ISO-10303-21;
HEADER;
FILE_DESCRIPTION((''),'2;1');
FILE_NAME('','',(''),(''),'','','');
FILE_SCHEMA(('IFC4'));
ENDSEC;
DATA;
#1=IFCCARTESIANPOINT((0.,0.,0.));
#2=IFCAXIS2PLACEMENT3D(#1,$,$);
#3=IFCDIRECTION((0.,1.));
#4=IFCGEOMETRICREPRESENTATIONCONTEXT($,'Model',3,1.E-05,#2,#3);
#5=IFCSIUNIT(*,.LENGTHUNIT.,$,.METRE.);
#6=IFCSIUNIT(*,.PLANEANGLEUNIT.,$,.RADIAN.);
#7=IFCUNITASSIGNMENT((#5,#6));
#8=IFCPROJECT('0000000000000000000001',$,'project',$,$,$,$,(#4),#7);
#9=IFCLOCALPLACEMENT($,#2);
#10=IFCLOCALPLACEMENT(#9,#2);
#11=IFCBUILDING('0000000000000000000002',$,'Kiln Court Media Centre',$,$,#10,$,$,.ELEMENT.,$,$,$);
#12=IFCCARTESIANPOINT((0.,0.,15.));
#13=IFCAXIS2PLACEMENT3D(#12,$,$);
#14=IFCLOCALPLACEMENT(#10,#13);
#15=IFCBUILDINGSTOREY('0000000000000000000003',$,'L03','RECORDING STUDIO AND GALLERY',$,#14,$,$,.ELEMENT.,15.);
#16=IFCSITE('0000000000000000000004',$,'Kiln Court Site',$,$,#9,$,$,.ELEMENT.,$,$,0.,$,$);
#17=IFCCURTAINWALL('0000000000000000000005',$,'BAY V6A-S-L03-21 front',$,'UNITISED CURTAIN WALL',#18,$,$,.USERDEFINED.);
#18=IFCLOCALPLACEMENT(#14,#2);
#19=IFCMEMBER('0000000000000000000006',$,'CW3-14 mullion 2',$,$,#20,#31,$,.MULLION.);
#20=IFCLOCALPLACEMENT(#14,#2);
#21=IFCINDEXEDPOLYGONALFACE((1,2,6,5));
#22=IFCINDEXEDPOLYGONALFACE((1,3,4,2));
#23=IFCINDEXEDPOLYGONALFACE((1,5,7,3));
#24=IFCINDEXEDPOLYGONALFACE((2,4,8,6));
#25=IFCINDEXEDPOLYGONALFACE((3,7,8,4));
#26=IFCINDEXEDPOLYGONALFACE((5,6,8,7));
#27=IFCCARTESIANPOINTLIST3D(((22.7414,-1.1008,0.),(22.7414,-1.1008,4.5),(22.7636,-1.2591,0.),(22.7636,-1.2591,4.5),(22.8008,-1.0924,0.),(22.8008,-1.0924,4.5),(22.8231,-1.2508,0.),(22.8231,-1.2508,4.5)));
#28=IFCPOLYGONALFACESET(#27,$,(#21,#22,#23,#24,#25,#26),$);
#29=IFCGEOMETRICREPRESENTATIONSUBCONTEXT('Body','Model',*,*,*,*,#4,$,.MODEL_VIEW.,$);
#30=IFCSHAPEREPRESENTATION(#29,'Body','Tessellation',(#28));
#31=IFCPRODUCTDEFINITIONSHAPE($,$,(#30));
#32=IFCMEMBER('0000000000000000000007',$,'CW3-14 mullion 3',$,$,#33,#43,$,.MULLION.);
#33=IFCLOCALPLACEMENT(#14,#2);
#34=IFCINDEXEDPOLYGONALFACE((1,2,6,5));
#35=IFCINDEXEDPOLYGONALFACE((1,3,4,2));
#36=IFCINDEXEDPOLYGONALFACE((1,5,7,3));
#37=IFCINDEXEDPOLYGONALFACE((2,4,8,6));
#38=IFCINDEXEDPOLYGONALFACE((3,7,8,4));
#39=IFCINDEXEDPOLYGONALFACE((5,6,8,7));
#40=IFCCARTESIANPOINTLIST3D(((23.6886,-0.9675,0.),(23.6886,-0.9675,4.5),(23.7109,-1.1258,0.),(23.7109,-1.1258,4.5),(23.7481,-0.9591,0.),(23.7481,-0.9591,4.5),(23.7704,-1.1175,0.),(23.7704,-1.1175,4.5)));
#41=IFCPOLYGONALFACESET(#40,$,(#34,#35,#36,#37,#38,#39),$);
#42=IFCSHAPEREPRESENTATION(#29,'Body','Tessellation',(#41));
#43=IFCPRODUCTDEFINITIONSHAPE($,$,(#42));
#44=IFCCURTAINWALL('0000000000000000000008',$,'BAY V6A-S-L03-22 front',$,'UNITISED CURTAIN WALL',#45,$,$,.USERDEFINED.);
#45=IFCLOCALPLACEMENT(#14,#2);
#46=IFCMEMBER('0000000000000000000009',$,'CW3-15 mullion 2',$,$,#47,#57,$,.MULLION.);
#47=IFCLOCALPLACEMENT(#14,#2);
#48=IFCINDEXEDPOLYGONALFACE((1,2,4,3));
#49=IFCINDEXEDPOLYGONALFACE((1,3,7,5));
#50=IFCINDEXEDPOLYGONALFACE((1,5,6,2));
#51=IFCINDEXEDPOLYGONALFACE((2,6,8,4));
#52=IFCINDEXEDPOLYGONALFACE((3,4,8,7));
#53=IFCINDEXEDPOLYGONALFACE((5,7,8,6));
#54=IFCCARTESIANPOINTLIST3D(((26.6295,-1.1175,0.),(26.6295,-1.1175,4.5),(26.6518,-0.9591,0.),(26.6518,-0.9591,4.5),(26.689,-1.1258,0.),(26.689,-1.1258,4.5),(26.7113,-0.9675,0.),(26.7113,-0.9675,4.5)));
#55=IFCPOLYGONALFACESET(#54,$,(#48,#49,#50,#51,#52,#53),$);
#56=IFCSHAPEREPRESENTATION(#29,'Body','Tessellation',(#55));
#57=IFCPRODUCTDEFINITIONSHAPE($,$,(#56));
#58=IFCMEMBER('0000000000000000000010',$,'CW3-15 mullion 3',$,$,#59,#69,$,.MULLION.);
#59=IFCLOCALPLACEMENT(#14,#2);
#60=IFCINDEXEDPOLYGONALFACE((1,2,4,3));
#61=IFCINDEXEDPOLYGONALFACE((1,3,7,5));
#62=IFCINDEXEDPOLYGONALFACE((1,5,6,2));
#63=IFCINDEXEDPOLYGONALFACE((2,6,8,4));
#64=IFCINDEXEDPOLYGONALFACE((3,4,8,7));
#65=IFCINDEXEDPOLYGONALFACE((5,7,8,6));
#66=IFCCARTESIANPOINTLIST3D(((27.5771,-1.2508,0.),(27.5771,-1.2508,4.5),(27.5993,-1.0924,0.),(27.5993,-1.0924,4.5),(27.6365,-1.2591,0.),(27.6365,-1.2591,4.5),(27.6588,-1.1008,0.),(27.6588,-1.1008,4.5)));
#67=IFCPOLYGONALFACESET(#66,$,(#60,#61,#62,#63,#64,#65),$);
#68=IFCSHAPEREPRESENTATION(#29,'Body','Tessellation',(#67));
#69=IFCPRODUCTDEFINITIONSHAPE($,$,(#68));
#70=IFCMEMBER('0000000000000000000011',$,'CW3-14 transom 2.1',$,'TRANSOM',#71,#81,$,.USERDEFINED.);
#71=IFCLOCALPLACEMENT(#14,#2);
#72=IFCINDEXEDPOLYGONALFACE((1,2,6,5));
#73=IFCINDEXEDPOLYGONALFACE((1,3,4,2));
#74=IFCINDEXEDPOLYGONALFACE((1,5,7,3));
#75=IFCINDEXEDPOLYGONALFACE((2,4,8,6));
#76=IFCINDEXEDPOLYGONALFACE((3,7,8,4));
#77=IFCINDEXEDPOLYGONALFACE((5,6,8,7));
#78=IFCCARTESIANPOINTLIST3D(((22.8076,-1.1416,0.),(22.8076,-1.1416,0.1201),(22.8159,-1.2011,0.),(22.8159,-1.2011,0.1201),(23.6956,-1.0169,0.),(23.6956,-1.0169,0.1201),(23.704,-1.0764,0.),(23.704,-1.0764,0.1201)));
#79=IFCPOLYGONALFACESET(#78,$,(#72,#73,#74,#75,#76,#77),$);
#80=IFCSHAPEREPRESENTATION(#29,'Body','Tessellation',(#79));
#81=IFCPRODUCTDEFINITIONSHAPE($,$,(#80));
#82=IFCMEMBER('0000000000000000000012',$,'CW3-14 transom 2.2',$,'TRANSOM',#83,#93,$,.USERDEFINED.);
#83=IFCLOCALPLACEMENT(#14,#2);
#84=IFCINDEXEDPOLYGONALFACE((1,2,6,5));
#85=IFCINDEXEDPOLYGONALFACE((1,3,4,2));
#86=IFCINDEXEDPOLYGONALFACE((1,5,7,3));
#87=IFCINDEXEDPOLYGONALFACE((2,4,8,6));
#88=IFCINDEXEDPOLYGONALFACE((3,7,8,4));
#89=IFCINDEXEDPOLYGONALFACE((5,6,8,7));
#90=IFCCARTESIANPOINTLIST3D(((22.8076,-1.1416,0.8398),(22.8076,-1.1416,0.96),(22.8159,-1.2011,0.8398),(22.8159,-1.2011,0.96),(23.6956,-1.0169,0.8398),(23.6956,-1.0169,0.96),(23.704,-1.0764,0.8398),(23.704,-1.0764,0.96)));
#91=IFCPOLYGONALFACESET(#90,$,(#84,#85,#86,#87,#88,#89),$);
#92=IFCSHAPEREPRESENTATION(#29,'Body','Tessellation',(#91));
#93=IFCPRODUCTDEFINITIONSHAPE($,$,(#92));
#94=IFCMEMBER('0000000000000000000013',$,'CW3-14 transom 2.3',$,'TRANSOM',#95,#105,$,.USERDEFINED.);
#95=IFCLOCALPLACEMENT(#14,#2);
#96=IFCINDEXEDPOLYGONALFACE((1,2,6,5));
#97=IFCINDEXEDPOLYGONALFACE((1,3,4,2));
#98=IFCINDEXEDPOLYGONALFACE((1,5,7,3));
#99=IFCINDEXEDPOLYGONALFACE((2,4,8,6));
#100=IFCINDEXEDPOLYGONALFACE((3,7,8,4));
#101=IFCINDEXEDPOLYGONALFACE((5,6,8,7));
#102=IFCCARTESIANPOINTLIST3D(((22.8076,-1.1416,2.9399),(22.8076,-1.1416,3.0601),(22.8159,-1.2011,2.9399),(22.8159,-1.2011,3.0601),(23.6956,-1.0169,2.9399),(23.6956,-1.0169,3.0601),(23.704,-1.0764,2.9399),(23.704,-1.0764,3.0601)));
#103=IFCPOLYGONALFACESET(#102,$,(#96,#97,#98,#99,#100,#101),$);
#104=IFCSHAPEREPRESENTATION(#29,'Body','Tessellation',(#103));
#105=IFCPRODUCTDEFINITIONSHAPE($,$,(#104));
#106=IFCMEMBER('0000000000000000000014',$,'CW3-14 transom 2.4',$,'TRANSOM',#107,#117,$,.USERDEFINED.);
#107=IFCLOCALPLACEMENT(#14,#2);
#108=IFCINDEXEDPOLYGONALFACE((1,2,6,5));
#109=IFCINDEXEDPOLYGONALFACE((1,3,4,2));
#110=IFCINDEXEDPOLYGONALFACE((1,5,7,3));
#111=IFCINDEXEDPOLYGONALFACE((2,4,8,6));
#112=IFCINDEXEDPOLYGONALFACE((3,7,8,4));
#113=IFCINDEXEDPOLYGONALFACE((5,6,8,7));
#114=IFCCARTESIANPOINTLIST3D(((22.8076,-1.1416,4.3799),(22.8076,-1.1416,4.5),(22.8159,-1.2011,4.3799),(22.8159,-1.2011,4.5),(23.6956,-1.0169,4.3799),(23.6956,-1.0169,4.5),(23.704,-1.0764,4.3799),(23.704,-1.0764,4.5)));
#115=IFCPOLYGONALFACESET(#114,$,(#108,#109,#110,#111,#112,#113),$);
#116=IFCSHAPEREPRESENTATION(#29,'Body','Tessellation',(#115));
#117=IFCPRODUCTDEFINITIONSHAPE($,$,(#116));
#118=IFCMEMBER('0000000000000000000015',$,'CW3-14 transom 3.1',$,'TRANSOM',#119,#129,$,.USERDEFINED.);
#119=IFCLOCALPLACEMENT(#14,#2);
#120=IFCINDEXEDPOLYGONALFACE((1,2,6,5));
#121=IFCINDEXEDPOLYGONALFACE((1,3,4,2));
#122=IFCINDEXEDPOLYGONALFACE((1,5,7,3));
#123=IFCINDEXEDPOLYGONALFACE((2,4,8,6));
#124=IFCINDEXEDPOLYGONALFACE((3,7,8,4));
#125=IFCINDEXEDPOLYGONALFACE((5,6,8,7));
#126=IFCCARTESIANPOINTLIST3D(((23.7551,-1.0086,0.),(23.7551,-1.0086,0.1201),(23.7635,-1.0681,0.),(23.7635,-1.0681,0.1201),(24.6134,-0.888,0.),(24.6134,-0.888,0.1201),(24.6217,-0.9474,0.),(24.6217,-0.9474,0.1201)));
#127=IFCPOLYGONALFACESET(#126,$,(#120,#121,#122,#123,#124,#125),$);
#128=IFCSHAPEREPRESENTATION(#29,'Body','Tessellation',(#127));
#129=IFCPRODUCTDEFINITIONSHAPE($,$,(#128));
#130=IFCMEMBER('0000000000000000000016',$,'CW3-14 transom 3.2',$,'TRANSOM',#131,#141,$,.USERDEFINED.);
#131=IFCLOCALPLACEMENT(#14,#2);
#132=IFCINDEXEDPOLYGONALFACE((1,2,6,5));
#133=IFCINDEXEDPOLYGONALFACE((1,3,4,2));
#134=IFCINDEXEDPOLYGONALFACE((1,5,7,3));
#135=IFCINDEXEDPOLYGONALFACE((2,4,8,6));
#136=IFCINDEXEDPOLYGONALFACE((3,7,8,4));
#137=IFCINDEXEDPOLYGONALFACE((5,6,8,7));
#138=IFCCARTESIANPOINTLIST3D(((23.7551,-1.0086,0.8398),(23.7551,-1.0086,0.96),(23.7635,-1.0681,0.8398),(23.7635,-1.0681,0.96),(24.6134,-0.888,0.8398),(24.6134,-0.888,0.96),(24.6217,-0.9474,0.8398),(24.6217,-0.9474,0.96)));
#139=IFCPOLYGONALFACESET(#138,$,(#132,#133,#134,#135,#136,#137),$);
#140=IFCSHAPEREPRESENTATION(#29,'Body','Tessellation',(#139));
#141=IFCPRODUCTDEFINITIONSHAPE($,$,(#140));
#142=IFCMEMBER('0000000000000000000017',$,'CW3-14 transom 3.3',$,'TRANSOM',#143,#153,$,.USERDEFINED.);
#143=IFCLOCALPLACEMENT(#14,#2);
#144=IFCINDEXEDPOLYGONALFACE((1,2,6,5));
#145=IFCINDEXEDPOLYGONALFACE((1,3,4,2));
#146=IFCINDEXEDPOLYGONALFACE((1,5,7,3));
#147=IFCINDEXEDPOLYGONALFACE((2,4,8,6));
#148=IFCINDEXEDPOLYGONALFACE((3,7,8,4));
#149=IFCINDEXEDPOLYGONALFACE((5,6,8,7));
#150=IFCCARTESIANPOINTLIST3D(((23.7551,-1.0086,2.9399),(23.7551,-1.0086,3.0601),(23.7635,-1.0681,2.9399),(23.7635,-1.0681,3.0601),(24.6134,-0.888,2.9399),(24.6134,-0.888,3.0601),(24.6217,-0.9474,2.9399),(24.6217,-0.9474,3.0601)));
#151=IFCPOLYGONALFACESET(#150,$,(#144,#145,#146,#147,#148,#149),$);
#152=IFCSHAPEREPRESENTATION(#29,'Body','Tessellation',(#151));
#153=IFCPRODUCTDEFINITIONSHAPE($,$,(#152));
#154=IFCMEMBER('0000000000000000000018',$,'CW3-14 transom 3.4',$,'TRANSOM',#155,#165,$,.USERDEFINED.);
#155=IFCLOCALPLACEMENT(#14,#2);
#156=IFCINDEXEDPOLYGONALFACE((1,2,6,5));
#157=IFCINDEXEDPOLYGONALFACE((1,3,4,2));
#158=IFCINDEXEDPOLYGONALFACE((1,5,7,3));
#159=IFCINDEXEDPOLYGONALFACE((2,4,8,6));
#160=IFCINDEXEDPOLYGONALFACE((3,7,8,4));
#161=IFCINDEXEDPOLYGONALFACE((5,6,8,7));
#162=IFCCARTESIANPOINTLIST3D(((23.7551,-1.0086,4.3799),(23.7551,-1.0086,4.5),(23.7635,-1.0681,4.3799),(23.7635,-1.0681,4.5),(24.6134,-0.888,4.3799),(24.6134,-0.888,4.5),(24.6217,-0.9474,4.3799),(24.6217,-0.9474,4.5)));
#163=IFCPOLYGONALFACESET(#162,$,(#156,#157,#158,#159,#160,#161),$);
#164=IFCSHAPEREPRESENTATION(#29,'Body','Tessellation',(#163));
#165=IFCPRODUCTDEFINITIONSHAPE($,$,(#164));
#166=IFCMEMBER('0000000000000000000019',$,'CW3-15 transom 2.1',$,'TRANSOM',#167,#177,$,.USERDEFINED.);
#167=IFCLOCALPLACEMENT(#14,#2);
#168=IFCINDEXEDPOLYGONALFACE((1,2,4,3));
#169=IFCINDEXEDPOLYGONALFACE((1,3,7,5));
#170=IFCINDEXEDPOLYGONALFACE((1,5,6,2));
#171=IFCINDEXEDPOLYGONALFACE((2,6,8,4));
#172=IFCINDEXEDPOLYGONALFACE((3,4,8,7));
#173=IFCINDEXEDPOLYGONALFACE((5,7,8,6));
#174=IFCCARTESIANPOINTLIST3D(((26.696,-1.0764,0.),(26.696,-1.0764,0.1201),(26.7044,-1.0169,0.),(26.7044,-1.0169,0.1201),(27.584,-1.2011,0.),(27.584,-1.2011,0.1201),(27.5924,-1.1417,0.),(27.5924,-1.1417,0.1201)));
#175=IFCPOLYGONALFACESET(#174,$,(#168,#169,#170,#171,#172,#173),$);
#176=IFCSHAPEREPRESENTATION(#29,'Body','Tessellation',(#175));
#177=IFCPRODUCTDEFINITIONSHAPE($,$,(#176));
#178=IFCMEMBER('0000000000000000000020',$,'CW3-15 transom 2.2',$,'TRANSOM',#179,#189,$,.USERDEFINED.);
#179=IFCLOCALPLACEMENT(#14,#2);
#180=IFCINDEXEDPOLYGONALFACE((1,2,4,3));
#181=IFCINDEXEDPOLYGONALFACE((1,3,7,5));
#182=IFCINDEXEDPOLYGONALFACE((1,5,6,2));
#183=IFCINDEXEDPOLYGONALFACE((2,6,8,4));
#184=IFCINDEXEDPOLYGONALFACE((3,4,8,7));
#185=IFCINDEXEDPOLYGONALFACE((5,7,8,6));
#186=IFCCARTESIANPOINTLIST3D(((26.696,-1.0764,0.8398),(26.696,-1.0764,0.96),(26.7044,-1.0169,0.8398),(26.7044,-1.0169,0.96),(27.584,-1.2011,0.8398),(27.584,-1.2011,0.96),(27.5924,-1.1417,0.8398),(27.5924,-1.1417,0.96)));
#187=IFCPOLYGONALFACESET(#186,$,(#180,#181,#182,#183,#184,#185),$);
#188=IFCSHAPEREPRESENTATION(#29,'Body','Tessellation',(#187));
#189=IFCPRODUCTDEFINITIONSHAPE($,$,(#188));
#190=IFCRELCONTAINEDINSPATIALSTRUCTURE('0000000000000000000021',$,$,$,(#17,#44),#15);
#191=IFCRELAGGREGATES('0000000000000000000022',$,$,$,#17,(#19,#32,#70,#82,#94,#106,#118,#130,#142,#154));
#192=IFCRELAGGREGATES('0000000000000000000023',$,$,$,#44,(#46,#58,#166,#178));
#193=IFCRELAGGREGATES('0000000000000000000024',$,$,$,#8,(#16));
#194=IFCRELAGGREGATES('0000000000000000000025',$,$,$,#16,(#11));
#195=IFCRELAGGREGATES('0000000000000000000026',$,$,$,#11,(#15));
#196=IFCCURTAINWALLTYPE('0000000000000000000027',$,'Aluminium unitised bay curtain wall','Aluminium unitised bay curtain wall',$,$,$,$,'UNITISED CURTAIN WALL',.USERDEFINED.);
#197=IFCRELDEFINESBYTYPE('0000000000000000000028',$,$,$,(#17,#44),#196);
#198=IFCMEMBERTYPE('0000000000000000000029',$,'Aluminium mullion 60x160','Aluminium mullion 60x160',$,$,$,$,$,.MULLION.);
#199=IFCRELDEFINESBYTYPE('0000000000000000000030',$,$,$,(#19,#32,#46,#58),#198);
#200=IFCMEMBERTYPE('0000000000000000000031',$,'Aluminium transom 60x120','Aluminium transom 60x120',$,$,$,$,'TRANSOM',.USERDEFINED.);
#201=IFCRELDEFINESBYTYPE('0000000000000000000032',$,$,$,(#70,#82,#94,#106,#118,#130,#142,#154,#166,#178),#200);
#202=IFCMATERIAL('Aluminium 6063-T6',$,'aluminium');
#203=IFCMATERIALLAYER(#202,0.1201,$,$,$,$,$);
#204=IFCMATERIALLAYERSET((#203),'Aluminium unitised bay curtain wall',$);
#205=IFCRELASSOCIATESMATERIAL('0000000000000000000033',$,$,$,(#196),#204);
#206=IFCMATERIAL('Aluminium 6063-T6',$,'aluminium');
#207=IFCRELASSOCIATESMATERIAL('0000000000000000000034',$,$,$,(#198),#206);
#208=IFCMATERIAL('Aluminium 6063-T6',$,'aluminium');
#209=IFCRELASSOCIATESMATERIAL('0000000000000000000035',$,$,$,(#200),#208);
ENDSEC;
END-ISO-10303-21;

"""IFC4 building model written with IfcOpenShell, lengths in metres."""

from ifc_helpers import new_model, si_unit, direction, frame, origin, origin_2d, place, context, subcontext, project, spatial, rectangle, extrude, material, layer, layer_set, material_profile, profile_set, type_object, element, aggregate, save


model = new_model("IFC4")

# Units and contexts
model_context = context("Model", 3, precision=1e-05, world=origin(), true_north=direction((0.0, 1.0)))
body_context = subcontext(model_context, "Body", "Model", "MODEL_VIEW")
ifc_project = project(units=[si_unit("LENGTHUNIT", "METRE"), si_unit("PLANEANGLEUNIT", "RADIAN")], contexts=[model_context])

# Site, building, storey
site_placement = place(None, origin())
site = spatial("IfcSite", under=ifc_project, at=site_placement, Name="Kiln Court Site", CompositionType="ELEMENT", RefElevation=0.0)
building_placement = place(site_placement, origin())
building = spatial("IfcBuilding", under=site, at=building_placement, Name="Kiln Court Media Centre", CompositionType="ELEMENT")
storey_placement = place(building_placement, frame((0.0, 0.0, 15.0)))
storey = spatial("IfcBuildingStorey", under=building, at=storey_placement, Name="L03", Description="RECORDING STUDIO AND GALLERY", CompositionType="ELEMENT", Elevation=15.0)

# Curtain walls, members
ifc_material_1 = material(Name="Aluminium 6063-T6", Category="aluminium")
ifc_layer_1 = layer(ifc_material_1, 0.1201)
ifc_layer_set_1 = layer_set([ifc_layer_1], Name="Aluminium unitised bay curtain wall")
curtain_wall_type = type_object("IfcCurtainWallType", Name="Aluminium unitised bay curtain wall", Description="Aluminium unitised bay curtain wall", ElementType="UNITISED CURTAIN WALL", PredefinedType="USERDEFINED", material=ifc_layer_set_1)
curtain_wall_1_placement = place(storey_placement, origin())
curtain_wall_1 = element("IfcCurtainWall", 1, at=curtain_wall_1_placement, inside=storey, type_object=curtain_wall_type, Name="BAY V6A-S-L03-21 front", ObjectType="UNITISED CURTAIN WALL", PredefinedType="USERDEFINED")
ifc_material_2 = material(Name="Aluminium 6063-T6", Category="aluminium")
ifc_material_profile_1 = material_profile(ifc_material_2, rectangle(XDim=0.0601, YDim=0.1599, at=origin_2d()), Name="Aluminium mullion 60x160")
ifc_profile_set_1 = profile_set([ifc_material_profile_1], Name="Aluminium 6063-T6")
member_type_1 = type_object("IfcMemberType", Name="Aluminium mullion 60x160", Description="Aluminium mullion 60x160", PredefinedType="MULLION", material=ifc_profile_set_1)
member_1_placement = place(storey_placement, frame((22.7822, -1.1758, 0.0), z_axis=(0.0, 0.0, 1.0), x_axis=(0.99027, 0.139162, 0.0)))
member_1 = element("IfcMember", 2, at=member_1_placement, type_object=member_type_1, Name="CW3-14 mullion 2", PredefinedType="MULLION", context=body_context, shape_type="SweptSolid", body=[
    extrude(rectangle(XDim=0.0601, YDim=0.1599, at=origin_2d()), origin(), (0.0, 0.0, 1.0), 4.5),
])
member_2_placement = place(storey_placement, frame((23.7295, -1.0425, 0.0), z_axis=(0.0, 0.0, 1.0), x_axis=(0.99027, 0.139162, 0.0)))
member_2 = element("IfcMember", 3, at=member_2_placement, type_object=member_type_1, Name="CW3-14 mullion 3", PredefinedType="MULLION", context=body_context, shape_type="SweptSolid", body=[
    extrude(rectangle(XDim=0.0601, YDim=0.1599, at=origin_2d()), origin(), (0.0, 0.0, 1.0), 4.5),
])
curtain_wall_2_placement = place(storey_placement, origin())
curtain_wall_2 = element("IfcCurtainWall", 4, at=curtain_wall_2_placement, inside=storey, type_object=curtain_wall_type, Name="BAY V6A-S-L03-22 front", ObjectType="UNITISED CURTAIN WALL", PredefinedType="USERDEFINED")
member_3_placement = place(storey_placement, frame((26.6704, -1.0425, 0.0), z_axis=(0.0, 0.0, 1.0), x_axis=(0.99027, -0.139162, 0.0)))
member_3 = element("IfcMember", 5, at=member_3_placement, type_object=member_type_1, Name="CW3-15 mullion 2", PredefinedType="MULLION", context=body_context, shape_type="SweptSolid", body=[
    extrude(rectangle(XDim=0.0601, YDim=0.1599, at=origin_2d()), origin(), (0.0, 0.0, 1.0), 4.5),
])
member_4_placement = place(storey_placement, frame((27.6179, -1.1758, 0.0), z_axis=(0.0, 0.0, 1.0), x_axis=(0.99027, -0.139162, 0.0)))
member_4 = element("IfcMember", 6, at=member_4_placement, type_object=member_type_1, Name="CW3-15 mullion 3", PredefinedType="MULLION", context=body_context, shape_type="SweptSolid", body=[
    extrude(rectangle(XDim=0.0601, YDim=0.1599, at=origin_2d()), origin(), (0.0, 0.0, 1.0), 4.5),
])

# Members
ifc_material_3 = material(Name="Aluminium 6063-T6", Category="aluminium")
ifc_material_profile_2 = material_profile(ifc_material_3, rectangle(XDim=0.0601, YDim=0.1201, at=origin_2d()), Name="Aluminium transom 60x120")
ifc_profile_set_2 = profile_set([ifc_material_profile_2], Name="Aluminium 6063-T6")
member_type_2 = type_object("IfcMemberType", Name="Aluminium transom 60x120", Description="Aluminium transom 60x120", ElementType="TRANSOM", PredefinedType="USERDEFINED", material=ifc_profile_set_2)
member_5_placement = place(storey_placement, frame((22.8118, -1.1714, 0.0601), z_axis=(0.990274, 0.139134, 0.0), x_axis=(-0.139134, 0.990274, 0.0)))
member_5 = element("IfcMember", 7, at=member_5_placement, type_object=member_type_2, Name="CW3-14 transom 2.1", ObjectType="TRANSOM", PredefinedType="USERDEFINED", context=body_context, shape_type="SweptSolid", body=[
    extrude(rectangle(XDim=0.0601, YDim=0.1201, at=origin_2d()), origin(), (0.0, 0.0, 1.0), 0.8967),
])
member_6_placement = place(storey_placement, frame((22.8118, -1.1714, 0.8999), z_axis=(0.990274, 0.139134, 0.0), x_axis=(-0.139134, 0.990274, 0.0)))
member_6 = element("IfcMember", 8, at=member_6_placement, type_object=member_type_2, Name="CW3-14 transom 2.2", ObjectType="TRANSOM", PredefinedType="USERDEFINED", context=body_context, shape_type="SweptSolid", body=[
    extrude(rectangle(XDim=0.0601, YDim=0.1201, at=origin_2d()), origin(), (0.0, 0.0, 1.0), 0.8967),
])
member_7_placement = place(storey_placement, frame((22.8118, -1.1714, 3.0), z_axis=(0.990274, 0.139134, 0.0), x_axis=(-0.139134, 0.990274, 0.0)))
member_7 = element("IfcMember", 9, at=member_7_placement, type_object=member_type_2, Name="CW3-14 transom 2.3", ObjectType="TRANSOM", PredefinedType="USERDEFINED", context=body_context, shape_type="SweptSolid", body=[
    extrude(rectangle(XDim=0.0601, YDim=0.1201, at=origin_2d()), origin(), (0.0, 0.0, 1.0), 0.8967),
])
member_8_placement = place(storey_placement, frame((22.8118, -1.1714, 4.4399), z_axis=(0.990274, 0.139134, 0.0), x_axis=(-0.139134, 0.990274, 0.0)))
member_8 = element("IfcMember", 10, at=member_8_placement, type_object=member_type_2, Name="CW3-14 transom 2.4", ObjectType="TRANSOM", PredefinedType="USERDEFINED", context=body_context, shape_type="SweptSolid", body=[
    extrude(rectangle(XDim=0.0601, YDim=0.1201, at=origin_2d()), origin(), (0.0, 0.0, 1.0), 0.8967),
])
member_9_placement = place(storey_placement, frame((23.7593, -1.0383, 0.0601), z_axis=(0.990268, 0.139173, 0.0), x_axis=(-0.139173, 0.990268, 0.0)))
member_9 = element("IfcMember", 11, at=member_9_placement, type_object=member_type_2, Name="CW3-14 transom 3.1", ObjectType="TRANSOM", PredefinedType="USERDEFINED", context=body_context, shape_type="SweptSolid", body=[
    extrude(rectangle(XDim=0.0601, YDim=0.1201, at=origin_2d()), origin(), (0.0, 0.0, 1.0), 0.8667),
])
member_10_placement = place(storey_placement, frame((23.7593, -1.0383, 0.8999), z_axis=(0.990268, 0.139173, 0.0), x_axis=(-0.139173, 0.990268, 0.0)))
member_10 = element("IfcMember", 12, at=member_10_placement, type_object=member_type_2, Name="CW3-14 transom 3.2", ObjectType="TRANSOM", PredefinedType="USERDEFINED", context=body_context, shape_type="SweptSolid", body=[
    extrude(rectangle(XDim=0.0601, YDim=0.1201, at=origin_2d()), origin(), (0.0, 0.0, 1.0), 0.8667),
])
member_11_placement = place(storey_placement, frame((23.7593, -1.0383, 3.0), z_axis=(0.990268, 0.139173, 0.0), x_axis=(-0.139173, 0.990268, 0.0)))
member_11 = element("IfcMember", 13, at=member_11_placement, type_object=member_type_2, Name="CW3-14 transom 3.3", ObjectType="TRANSOM", PredefinedType="USERDEFINED", context=body_context, shape_type="SweptSolid", body=[
    extrude(rectangle(XDim=0.0601, YDim=0.1201, at=origin_2d()), origin(), (0.0, 0.0, 1.0), 0.8667),
])
member_12_placement = place(storey_placement, frame((23.7593, -1.0383, 4.4399), z_axis=(0.990268, 0.139173, 0.0), x_axis=(-0.139173, 0.990268, 0.0)))
member_12 = element("IfcMember", 14, at=member_12_placement, type_object=member_type_2, Name="CW3-14 transom 3.4", ObjectType="TRANSOM", PredefinedType="USERDEFINED", context=body_context, shape_type="SweptSolid", body=[
    extrude(rectangle(XDim=0.0601, YDim=0.1201, at=origin_2d()), origin(), (0.0, 0.0, 1.0), 0.8667),
])
member_13_placement = place(storey_placement, frame((26.7002, -1.0466, 0.0601), z_axis=(0.990274, -0.139134, 0.0), x_axis=(0.139134, 0.990274, 0.0)))
member_13 = element("IfcMember", 15, at=member_13_placement, type_object=member_type_2, Name="CW3-15 transom 2.1", ObjectType="TRANSOM", PredefinedType="USERDEFINED", context=body_context, shape_type="SweptSolid", body=[
    extrude(rectangle(XDim=0.0601, YDim=0.1201, at=origin_2d()), origin(), (0.0, 0.0, 1.0), 0.8967),
])
member_14_placement = place(storey_placement, frame((26.7002, -1.0466, 0.8999), z_axis=(0.990274, -0.139134, 0.0), x_axis=(0.139134, 0.990274, 0.0)))
member_14 = element("IfcMember", 16, at=member_14_placement, type_object=member_type_2, Name="CW3-15 transom 2.2", ObjectType="TRANSOM", PredefinedType="USERDEFINED", context=body_context, shape_type="SweptSolid", body=[
    extrude(rectangle(XDim=0.0601, YDim=0.1201, at=origin_2d()), origin(), (0.0, 0.0, 1.0), 0.8967),
])

aggregate(curtain_wall_1, [member_1, member_2, member_5, member_6, member_7, member_8, member_9, member_10, member_11, member_12])
aggregate(curtain_wall_2, [member_3, member_4, member_13, member_14])

save(model, "model.ifc")
